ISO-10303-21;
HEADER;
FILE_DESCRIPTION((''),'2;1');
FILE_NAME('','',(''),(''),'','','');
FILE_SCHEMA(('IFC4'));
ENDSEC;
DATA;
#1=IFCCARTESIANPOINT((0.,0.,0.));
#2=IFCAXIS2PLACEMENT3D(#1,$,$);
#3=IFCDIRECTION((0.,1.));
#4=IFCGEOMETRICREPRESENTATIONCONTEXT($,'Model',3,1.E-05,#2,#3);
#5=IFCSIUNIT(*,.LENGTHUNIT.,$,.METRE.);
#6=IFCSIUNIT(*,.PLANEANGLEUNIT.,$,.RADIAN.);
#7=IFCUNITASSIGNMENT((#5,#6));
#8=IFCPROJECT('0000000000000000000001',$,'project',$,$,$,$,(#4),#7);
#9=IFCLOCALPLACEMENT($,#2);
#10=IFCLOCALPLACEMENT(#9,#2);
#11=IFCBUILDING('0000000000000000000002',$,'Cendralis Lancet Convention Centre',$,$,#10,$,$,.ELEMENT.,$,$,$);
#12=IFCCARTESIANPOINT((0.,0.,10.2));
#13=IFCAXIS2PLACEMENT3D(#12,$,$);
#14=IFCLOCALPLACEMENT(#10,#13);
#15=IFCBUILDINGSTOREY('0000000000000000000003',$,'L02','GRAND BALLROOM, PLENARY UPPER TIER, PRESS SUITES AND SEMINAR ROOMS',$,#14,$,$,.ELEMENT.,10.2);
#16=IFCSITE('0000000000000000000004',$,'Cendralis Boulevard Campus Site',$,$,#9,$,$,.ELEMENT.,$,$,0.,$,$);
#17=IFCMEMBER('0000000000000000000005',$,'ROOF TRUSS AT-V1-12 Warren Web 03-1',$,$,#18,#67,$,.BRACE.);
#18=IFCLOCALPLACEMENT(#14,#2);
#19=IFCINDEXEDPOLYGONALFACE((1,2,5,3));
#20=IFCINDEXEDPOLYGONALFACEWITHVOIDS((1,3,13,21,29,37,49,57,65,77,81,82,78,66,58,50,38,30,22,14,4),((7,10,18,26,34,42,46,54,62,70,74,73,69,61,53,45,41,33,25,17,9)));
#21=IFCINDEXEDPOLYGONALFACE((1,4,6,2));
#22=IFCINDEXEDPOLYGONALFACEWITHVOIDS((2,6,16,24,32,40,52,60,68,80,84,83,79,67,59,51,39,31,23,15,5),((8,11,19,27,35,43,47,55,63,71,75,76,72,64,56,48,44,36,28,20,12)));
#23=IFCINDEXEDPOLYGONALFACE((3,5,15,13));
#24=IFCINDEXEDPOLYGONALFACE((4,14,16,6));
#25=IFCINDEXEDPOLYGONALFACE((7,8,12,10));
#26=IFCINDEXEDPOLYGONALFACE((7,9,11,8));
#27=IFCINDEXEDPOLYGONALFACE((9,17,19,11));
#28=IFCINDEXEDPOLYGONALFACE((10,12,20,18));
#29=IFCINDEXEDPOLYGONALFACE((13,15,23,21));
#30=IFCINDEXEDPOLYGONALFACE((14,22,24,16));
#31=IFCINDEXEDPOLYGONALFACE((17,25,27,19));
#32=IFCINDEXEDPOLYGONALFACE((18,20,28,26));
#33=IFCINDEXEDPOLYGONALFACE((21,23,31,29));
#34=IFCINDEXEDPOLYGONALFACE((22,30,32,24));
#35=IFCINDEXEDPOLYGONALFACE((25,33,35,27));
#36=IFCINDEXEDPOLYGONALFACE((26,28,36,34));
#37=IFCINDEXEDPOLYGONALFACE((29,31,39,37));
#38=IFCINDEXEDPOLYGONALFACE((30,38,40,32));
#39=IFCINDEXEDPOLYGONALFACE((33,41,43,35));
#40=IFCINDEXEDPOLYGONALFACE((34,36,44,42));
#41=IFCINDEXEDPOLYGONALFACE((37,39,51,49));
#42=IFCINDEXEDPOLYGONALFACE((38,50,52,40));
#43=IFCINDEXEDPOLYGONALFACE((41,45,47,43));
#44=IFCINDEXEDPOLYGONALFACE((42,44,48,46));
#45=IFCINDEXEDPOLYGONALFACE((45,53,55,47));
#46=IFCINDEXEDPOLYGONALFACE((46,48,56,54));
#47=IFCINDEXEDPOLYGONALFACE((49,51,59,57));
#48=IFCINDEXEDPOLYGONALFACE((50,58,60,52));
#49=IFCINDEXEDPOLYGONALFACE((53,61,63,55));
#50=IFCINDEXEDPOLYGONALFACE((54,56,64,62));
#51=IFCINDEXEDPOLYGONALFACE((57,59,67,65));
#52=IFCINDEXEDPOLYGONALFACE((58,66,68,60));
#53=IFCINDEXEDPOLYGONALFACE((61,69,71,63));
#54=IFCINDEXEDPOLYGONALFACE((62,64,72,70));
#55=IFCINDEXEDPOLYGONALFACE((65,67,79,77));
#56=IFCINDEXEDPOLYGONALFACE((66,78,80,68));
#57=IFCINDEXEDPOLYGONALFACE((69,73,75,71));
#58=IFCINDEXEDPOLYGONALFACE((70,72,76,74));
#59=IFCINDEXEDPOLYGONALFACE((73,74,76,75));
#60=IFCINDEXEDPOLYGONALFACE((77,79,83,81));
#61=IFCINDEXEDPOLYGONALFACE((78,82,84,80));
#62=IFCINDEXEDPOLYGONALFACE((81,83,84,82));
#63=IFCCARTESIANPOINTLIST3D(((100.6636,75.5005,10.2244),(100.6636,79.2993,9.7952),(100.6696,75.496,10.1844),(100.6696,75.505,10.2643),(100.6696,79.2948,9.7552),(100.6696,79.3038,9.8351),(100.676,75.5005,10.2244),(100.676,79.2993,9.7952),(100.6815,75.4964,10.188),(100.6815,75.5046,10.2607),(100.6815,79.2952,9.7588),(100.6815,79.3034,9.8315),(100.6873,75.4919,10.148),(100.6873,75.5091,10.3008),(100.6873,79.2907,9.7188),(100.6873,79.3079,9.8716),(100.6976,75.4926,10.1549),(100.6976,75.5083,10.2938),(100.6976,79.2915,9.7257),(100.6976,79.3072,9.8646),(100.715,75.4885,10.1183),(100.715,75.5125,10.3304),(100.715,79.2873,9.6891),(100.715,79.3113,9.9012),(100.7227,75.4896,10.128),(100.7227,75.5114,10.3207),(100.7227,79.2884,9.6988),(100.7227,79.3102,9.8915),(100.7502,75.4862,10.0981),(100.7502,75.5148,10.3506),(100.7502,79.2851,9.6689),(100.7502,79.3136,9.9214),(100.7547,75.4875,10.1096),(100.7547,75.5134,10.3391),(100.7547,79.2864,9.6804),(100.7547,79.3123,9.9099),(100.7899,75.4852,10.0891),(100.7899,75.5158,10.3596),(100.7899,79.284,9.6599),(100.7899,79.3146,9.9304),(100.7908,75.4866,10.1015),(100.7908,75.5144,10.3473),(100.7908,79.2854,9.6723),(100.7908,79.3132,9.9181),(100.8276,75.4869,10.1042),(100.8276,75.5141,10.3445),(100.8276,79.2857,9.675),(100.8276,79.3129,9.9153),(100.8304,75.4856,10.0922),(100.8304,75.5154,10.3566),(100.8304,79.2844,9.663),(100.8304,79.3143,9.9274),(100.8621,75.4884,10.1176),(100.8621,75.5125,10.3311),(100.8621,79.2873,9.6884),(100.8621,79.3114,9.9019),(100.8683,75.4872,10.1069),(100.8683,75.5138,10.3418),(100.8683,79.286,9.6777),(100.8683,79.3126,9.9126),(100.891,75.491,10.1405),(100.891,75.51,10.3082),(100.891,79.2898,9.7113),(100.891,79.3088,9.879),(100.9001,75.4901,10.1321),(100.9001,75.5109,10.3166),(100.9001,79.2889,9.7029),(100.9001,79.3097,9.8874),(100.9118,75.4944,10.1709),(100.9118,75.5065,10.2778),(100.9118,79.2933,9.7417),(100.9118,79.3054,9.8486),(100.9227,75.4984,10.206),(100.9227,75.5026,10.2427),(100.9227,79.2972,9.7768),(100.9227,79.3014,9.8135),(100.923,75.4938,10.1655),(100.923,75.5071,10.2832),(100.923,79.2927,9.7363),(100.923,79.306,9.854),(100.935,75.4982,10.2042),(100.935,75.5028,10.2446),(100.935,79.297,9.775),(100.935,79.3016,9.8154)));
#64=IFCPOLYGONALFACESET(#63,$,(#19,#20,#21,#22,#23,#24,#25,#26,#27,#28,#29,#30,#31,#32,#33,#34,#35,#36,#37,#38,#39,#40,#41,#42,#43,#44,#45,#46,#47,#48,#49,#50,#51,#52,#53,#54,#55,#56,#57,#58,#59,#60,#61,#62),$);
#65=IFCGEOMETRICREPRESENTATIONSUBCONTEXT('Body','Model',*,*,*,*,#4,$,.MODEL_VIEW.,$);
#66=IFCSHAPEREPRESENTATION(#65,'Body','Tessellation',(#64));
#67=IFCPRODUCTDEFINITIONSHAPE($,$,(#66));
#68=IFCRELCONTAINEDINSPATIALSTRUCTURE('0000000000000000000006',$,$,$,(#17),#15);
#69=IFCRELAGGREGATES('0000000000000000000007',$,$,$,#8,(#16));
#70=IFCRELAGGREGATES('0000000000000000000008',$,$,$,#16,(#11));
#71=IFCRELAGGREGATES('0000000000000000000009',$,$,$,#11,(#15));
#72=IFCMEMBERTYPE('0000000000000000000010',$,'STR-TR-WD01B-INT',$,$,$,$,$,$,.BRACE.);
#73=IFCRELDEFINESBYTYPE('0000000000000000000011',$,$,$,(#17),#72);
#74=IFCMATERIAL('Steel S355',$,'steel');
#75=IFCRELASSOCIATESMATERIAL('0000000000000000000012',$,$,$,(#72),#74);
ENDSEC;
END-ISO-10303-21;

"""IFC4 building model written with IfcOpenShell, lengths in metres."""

from ifc_helpers import new_model, si_unit, direction, frame, origin, origin_2d, place, context, subcontext, project, spatial, hollow_circle, extrude, material, material_profile, profile_set, type_object, element, save


model = new_model("IFC4")

# Units and contexts
model_context = context("Model", 3, precision=1e-05, world=origin(), true_north=direction((0.0, 1.0)))
body_context = subcontext(model_context, "Body", "Model", "MODEL_VIEW")
ifc_project = project(units=[si_unit("LENGTHUNIT", "METRE"), si_unit("PLANEANGLEUNIT", "RADIAN")], contexts=[model_context])

# Site, building, storey
site_placement = place(None, origin())
site = spatial("IfcSite", under=ifc_project, at=site_placement, Name="Cendralis Boulevard Campus Site", CompositionType="ELEMENT", RefElevation=0.0)
building_placement = place(site_placement, origin())
building = spatial("IfcBuilding", under=site, at=building_placement, Name="Cendralis Lancet Convention Centre", CompositionType="ELEMENT")
storey_placement = place(building_placement, frame((0.0, 0.0, 10.2)))
storey = spatial("IfcBuildingStorey", under=building, at=storey_placement, Name="L02", Description="GRAND BALLROOM, PLENARY UPPER TIER, PRESS SUITES AND SEMINAR ROOMS", CompositionType="ELEMENT", Elevation=10.2)

# Member
ifc_material = material(Name="Steel S355", Category="steel")
ifc_material_profile_1 = material_profile(ifc_material, hollow_circle(Radius=0.1365, WallThickness=0.0125, at=origin_2d()), Name="CHS 273.0x12.5")
ifc_profile_set_1 = profile_set([ifc_material_profile_1], Name="Steel S355")
member_type_1 = type_object("IfcMemberType", Name="STR-TR-WD01B-INT", PredefinedType="BRACE", material=ifc_profile_set_1)
member_1_placement = place(storey_placement, frame((100.8, 75.5005, 10.2244), z_axis=(0.0, 0.993678, -0.112268), x_axis=(-1.0, 0.0, 0.0)))
element("IfcMember", 1, at=member_1_placement, inside=storey, type_object=member_type_1, Name="ROOF TRUSS AT-V1-12 Warren Web 03-1", PredefinedType="BRACE", context=body_context, shape_type="SweptSolid", body=[
    extrude(hollow_circle(Radius=0.1365, WallThickness=0.0125, at=origin_2d()), origin(), (0.0, 0.0, 1.0), 3.823),
])

save(model, "model.ifc")
